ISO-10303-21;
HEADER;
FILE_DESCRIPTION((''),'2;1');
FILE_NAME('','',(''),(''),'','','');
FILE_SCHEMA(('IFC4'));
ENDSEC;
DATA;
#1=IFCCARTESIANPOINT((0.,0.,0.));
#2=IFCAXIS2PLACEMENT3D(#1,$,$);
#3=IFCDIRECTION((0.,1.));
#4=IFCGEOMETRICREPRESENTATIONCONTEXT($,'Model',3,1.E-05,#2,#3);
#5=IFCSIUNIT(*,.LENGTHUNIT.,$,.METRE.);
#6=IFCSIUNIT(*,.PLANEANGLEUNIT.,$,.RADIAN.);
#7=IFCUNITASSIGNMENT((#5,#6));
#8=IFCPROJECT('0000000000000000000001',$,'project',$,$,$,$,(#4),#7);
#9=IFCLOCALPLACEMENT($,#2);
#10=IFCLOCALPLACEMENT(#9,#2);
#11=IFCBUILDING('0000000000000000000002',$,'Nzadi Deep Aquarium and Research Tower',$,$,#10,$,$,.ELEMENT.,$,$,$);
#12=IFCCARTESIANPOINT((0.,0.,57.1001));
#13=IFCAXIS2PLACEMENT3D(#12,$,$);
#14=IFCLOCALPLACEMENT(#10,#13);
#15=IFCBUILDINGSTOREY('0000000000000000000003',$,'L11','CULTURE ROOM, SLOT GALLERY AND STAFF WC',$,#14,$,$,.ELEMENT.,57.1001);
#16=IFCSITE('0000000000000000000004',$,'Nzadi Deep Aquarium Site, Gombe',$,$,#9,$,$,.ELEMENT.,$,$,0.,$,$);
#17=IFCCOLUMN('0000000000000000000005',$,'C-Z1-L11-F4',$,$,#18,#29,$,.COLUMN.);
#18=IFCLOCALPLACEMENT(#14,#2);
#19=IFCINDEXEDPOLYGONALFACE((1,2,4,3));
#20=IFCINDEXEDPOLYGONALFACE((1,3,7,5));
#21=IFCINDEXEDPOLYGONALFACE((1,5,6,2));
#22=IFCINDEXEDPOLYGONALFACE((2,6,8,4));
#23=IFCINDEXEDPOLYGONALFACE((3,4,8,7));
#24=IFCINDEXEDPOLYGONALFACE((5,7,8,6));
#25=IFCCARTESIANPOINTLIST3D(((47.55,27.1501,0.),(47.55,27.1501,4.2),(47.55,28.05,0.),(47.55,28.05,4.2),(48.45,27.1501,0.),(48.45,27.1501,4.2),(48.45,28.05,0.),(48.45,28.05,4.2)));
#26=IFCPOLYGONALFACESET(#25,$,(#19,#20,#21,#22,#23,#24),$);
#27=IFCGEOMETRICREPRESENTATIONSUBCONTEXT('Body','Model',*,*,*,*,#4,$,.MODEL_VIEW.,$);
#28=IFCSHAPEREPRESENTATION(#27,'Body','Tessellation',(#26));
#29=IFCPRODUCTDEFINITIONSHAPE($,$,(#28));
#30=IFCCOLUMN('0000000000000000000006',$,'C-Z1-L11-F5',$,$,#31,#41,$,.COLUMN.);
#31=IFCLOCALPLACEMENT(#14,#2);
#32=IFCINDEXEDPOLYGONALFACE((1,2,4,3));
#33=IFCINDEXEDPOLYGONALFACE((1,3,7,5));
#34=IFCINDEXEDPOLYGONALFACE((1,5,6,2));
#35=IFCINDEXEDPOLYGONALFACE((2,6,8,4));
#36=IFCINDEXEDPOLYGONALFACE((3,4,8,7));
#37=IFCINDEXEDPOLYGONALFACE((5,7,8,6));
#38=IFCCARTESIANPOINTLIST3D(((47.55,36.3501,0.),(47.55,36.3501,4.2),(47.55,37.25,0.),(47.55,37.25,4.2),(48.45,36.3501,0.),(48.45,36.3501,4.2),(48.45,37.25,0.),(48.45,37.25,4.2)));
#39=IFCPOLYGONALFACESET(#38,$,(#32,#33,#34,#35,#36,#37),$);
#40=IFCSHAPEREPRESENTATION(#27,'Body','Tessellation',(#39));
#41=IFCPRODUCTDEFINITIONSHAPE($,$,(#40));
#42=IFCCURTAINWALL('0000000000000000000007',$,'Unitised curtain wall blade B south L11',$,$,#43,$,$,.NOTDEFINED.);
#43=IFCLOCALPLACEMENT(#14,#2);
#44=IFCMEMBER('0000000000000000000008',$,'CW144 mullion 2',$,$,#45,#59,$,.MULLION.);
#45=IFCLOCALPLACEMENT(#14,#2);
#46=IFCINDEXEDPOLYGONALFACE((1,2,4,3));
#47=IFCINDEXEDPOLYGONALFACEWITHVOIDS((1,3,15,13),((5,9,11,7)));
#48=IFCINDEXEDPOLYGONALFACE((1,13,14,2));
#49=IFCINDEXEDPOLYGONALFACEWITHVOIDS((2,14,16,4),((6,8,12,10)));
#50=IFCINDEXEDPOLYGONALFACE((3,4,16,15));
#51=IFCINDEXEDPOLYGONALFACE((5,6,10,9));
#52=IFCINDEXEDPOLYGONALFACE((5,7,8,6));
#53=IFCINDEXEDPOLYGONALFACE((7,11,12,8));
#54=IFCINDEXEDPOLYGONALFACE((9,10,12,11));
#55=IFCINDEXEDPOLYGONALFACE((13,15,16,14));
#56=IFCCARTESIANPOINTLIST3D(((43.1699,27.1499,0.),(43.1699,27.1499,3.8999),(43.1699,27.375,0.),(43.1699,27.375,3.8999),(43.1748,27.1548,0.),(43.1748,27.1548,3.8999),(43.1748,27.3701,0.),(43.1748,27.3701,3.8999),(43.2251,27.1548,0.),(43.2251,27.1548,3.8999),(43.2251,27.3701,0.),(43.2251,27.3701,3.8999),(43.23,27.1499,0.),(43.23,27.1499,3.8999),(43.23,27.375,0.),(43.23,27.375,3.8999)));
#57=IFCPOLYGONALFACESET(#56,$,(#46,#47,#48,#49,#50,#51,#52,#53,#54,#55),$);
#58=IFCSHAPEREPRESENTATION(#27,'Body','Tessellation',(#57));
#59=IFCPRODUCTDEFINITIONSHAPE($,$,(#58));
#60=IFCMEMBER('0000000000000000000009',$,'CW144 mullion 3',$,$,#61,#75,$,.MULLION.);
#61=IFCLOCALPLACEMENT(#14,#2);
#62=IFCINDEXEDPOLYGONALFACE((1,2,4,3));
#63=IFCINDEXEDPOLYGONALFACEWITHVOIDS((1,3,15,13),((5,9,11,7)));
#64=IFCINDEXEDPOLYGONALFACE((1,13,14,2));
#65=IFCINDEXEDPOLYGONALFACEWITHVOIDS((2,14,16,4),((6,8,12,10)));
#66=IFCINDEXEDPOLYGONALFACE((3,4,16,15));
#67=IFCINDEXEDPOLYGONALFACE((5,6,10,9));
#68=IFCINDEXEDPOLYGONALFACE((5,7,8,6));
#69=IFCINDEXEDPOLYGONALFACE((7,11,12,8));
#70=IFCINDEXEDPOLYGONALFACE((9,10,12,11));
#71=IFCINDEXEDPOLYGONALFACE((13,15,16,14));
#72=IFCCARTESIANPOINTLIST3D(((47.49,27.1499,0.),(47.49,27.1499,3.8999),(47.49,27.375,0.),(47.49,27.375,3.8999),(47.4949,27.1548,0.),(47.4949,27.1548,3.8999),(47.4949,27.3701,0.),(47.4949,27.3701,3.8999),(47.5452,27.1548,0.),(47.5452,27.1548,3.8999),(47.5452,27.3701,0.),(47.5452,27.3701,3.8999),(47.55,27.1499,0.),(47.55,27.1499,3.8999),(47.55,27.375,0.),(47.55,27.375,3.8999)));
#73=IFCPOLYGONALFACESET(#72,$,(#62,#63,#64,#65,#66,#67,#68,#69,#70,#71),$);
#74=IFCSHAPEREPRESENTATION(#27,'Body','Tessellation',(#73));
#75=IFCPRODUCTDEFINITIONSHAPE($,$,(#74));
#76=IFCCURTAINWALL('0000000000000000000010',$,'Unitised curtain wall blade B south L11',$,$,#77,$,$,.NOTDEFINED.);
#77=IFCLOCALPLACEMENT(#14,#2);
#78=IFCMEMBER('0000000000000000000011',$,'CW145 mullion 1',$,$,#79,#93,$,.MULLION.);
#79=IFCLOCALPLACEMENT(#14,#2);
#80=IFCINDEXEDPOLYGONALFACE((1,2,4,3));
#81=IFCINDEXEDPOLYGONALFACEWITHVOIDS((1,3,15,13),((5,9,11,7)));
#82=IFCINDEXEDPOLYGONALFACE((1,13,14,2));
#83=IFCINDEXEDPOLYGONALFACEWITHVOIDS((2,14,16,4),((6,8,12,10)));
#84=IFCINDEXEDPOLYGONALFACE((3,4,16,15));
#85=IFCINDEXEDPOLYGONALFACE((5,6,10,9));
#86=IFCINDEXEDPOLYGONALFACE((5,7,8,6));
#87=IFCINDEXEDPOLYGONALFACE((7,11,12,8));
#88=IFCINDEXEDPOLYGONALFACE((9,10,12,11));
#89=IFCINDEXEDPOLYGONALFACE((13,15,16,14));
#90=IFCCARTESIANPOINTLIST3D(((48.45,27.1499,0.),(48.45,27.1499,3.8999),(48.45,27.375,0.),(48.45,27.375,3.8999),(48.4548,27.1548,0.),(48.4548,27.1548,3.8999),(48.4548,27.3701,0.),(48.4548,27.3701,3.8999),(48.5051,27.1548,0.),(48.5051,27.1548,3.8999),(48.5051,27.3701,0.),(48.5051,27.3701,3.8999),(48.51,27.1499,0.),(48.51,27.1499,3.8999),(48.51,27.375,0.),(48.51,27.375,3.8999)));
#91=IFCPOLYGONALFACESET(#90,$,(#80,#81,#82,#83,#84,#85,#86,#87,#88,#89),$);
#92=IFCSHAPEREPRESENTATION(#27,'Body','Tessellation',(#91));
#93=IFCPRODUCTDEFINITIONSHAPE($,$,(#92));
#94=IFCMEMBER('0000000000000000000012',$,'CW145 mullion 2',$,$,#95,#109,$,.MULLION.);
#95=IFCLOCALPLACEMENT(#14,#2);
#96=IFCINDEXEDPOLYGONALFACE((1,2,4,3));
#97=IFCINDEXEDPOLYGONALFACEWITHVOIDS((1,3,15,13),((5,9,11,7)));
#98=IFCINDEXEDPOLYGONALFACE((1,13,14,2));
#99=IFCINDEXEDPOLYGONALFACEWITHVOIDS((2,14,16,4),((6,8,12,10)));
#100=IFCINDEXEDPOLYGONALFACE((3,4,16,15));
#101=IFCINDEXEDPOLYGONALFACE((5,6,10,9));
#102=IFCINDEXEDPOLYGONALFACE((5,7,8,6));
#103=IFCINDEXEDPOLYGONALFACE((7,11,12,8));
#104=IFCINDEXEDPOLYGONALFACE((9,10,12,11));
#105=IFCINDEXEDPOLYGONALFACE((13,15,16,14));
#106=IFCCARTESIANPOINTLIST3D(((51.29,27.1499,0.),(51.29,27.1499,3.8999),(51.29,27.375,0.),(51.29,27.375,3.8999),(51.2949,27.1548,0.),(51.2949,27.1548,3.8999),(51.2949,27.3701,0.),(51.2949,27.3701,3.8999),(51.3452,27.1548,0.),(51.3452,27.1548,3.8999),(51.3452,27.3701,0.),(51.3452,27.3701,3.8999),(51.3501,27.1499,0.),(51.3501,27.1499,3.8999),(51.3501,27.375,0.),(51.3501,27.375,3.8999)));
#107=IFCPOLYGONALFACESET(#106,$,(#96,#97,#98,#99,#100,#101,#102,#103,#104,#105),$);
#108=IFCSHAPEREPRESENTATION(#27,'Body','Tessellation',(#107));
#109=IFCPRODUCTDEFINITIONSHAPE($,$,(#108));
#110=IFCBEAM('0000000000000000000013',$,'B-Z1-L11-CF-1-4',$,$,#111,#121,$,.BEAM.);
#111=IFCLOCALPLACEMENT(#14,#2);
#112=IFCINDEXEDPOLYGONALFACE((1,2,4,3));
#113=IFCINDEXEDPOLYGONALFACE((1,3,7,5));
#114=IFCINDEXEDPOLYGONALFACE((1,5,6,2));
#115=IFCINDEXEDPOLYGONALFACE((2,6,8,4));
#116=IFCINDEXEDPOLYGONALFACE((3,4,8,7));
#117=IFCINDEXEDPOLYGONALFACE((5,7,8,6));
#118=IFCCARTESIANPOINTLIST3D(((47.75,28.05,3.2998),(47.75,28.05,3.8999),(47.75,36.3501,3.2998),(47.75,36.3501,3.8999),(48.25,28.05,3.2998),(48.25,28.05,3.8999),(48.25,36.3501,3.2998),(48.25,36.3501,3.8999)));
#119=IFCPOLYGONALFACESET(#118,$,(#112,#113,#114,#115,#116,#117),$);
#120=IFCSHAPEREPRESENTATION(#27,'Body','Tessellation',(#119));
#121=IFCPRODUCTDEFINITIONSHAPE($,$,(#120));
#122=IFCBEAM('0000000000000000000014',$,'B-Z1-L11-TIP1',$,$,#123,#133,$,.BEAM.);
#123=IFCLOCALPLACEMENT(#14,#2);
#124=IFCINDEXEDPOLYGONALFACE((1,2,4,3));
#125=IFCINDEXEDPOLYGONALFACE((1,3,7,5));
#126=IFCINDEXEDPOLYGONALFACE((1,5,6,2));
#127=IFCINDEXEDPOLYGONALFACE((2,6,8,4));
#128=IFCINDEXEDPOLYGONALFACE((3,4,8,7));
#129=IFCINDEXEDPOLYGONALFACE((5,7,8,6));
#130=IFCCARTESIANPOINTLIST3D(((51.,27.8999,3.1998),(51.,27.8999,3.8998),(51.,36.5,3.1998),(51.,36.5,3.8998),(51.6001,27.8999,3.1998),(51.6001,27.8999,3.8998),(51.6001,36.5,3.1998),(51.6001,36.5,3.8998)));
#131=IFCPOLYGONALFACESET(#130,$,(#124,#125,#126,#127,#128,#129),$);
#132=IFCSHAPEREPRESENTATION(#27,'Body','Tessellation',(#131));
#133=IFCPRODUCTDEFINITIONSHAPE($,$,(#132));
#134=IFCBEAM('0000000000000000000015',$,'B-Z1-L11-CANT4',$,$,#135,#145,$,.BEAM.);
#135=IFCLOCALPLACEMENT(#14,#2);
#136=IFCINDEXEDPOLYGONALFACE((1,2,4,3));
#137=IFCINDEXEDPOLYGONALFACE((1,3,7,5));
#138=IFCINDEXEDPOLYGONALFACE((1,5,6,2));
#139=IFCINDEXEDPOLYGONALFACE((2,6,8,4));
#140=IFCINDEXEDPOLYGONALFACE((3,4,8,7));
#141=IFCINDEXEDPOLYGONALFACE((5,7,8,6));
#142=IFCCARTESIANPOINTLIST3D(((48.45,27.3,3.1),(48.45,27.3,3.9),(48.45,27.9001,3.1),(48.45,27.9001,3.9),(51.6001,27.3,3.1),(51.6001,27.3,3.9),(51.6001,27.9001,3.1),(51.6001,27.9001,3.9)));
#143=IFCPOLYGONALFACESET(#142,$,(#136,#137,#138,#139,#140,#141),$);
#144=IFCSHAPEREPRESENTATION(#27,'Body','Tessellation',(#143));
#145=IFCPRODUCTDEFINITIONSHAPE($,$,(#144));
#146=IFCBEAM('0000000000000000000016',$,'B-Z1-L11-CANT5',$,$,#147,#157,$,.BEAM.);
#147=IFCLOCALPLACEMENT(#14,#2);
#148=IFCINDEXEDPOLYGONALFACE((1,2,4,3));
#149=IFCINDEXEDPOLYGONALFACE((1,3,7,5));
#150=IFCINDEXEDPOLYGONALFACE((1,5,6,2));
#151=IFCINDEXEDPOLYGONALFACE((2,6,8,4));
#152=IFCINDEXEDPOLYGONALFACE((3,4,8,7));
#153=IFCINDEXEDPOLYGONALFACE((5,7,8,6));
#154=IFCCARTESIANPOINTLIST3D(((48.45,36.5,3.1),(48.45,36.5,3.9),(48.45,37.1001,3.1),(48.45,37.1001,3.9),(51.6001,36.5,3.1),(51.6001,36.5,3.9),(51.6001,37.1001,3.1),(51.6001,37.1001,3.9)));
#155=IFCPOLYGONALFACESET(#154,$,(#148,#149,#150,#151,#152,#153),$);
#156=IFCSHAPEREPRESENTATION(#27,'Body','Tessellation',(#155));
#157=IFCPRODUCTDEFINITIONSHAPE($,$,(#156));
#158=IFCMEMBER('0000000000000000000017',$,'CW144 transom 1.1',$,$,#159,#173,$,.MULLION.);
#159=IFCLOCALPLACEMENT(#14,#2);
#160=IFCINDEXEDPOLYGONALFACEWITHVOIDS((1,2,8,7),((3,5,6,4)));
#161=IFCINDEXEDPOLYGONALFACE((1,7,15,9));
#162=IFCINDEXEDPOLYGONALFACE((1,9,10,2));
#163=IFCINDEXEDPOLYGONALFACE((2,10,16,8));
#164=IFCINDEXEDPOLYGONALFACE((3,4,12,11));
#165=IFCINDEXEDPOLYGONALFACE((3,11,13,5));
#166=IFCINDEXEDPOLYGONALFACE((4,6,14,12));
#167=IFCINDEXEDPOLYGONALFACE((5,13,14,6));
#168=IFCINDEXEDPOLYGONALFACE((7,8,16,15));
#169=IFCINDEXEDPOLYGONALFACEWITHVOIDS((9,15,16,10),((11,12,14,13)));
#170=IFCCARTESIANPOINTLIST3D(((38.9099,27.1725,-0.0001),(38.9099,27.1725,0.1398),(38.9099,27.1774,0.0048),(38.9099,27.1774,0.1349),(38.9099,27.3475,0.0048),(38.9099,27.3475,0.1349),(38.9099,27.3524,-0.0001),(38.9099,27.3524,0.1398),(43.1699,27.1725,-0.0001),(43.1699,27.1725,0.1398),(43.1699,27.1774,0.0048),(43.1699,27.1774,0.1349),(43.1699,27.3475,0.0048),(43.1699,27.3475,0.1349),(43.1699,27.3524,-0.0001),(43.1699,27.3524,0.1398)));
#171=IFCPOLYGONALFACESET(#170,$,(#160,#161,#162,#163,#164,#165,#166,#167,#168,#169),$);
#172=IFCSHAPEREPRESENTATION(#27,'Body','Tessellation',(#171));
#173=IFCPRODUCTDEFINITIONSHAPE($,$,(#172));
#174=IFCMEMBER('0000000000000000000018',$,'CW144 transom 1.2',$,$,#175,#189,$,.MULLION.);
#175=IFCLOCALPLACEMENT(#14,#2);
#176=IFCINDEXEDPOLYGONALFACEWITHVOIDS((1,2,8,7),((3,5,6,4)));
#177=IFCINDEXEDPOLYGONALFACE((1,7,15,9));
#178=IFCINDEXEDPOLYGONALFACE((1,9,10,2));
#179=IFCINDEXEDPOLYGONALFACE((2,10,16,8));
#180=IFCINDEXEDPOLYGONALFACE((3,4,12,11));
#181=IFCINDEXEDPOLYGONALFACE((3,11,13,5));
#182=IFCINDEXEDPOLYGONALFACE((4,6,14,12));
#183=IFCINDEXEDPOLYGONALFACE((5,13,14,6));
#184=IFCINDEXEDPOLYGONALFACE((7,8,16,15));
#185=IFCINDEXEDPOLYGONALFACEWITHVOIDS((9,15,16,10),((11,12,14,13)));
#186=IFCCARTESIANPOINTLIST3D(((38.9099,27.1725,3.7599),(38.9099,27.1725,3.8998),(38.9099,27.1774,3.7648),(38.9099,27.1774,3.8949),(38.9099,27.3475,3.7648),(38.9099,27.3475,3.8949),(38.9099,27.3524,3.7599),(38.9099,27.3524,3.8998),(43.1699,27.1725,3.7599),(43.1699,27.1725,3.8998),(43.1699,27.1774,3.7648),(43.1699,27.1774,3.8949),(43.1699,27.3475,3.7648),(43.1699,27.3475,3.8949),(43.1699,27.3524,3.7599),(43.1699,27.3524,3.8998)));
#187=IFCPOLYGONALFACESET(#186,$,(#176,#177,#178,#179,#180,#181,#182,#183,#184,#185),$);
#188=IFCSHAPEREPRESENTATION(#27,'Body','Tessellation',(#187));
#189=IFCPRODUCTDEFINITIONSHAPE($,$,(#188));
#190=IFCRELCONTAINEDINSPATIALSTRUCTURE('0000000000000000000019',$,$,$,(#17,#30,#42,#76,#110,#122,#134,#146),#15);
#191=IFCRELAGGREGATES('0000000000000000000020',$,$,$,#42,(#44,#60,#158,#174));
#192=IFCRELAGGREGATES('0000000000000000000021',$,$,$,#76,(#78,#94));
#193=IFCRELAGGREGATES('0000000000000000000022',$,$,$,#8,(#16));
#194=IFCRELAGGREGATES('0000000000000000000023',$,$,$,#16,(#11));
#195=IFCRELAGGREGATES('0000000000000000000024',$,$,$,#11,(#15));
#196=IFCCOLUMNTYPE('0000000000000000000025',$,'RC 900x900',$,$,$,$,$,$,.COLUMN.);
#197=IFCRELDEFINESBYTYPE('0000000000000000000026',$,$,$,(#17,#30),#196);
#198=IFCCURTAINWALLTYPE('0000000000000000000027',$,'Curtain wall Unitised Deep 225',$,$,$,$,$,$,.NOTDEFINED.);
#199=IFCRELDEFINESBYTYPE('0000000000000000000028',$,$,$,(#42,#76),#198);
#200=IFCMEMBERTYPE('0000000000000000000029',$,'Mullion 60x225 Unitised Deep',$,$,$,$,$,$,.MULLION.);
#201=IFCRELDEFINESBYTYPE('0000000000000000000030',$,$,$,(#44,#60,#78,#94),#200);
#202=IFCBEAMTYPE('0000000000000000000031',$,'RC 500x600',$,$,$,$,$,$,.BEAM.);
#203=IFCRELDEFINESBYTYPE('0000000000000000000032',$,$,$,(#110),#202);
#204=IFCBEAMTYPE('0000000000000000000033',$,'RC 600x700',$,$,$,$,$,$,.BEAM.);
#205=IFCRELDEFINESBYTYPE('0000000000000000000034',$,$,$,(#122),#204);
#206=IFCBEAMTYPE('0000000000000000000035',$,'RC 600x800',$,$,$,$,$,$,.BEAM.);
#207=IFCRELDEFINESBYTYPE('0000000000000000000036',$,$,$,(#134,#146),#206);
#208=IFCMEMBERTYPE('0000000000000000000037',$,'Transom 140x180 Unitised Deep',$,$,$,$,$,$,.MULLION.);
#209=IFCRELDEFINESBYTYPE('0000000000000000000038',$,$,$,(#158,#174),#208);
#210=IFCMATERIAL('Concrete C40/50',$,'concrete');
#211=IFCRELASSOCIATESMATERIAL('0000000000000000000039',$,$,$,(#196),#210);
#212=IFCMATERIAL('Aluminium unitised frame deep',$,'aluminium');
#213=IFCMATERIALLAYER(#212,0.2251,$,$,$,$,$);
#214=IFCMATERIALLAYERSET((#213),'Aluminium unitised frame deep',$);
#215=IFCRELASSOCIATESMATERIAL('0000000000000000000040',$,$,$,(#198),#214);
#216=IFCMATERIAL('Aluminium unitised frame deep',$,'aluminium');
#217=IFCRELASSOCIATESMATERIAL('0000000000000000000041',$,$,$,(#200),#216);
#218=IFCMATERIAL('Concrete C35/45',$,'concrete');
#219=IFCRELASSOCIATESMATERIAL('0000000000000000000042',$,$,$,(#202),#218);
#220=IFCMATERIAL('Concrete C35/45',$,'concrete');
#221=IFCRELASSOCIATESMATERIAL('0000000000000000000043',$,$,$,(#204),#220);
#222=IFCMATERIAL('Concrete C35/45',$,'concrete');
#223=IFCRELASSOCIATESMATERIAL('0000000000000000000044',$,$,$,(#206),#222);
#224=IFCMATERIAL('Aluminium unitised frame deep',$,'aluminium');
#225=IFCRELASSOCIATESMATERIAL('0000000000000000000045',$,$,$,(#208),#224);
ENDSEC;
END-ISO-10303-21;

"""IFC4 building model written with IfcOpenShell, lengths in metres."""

from ifc_helpers import new_model, si_unit, direction, frame, origin, origin_2d, place, context, subcontext, project, spatial, rectangle, hollow_rectangle, extrude, material, layer, layer_set, material_profile, profile_set, type_object, element, aggregate, save


model = new_model("IFC4")

# Units and contexts
model_context = context("Model", 3, precision=1e-05, world=origin(), true_north=direction((0.0, 1.0)))
body_context = subcontext(model_context, "Body", "Model", "MODEL_VIEW")
ifc_project = project(units=[si_unit("LENGTHUNIT", "METRE"), si_unit("PLANEANGLEUNIT", "RADIAN")], contexts=[model_context])

# Site, building, storey
site_placement = place(None, origin())
site = spatial("IfcSite", under=ifc_project, at=site_placement, Name="Nzadi Deep Aquarium Site, Gombe", CompositionType="ELEMENT", RefElevation=0.0)
building_placement = place(site_placement, origin())
building = spatial("IfcBuilding", under=site, at=building_placement, Name="Nzadi Deep Aquarium and Research Tower", CompositionType="ELEMENT")
storey_placement = place(building_placement, frame((0.0, 0.0, 57.1001)))
storey = spatial("IfcBuildingStorey", under=building, at=storey_placement, Name="L11", Description="CULTURE ROOM, SLOT GALLERY AND STAFF WC", CompositionType="ELEMENT", Elevation=57.1001)

# Columns
ifc_material_1 = material(Name="Concrete C40/50", Category="concrete")
ifc_material_profile_1 = material_profile(ifc_material_1, rectangle(XDim=0.8999, YDim=0.8999, at=origin_2d()))
ifc_profile_set_1 = profile_set([ifc_material_profile_1], Name="Concrete C40/50")
column_type = type_object("IfcColumnType", Name="RC 900x900", PredefinedType="COLUMN", material=ifc_profile_set_1)
for number, where, z_axis, x_axis, name in (
    (1, (48.0, 27.6001, 0.0), (0.0, 0.0, 1.0), (1.0, 0.0, 0.0), "C-Z1-L11-F4"),
    (2, (48.0, 36.8, 0.0), (0.0, 0.0, 1.0), (1.0, 0.0, 0.0), "C-Z1-L11-F5"),
):
    element("IfcColumn", number, at=place(storey_placement, frame(where, z_axis=z_axis, x_axis=x_axis)), inside=storey, type_object=column_type, Name=name, PredefinedType="COLUMN", context=body_context, shape_type="SweptSolid", body=[
        extrude(rectangle(XDim=0.8999, YDim=0.8999, at=origin_2d()), origin(), (0.0, 0.0, 1.0), 4.2),
    ])

# Curtain walls, members
ifc_material_2 = material(Name="Aluminium unitised frame deep", Category="aluminium")
ifc_layer_1 = layer(ifc_material_2, 0.2251)
ifc_layer_set_1 = layer_set([ifc_layer_1], Name="Aluminium unitised frame deep")
curtain_wall_type = type_object("IfcCurtainWallType", Name="Curtain wall Unitised Deep 225", PredefinedType="NOTDEFINED", material=ifc_layer_set_1)
curtain_wall_1_placement = place(storey_placement, origin())
curtain_wall_1 = element("IfcCurtainWall", 3, at=curtain_wall_1_placement, inside=storey, type_object=curtain_wall_type, Name="Unitised curtain wall blade B south L11", PredefinedType="NOTDEFINED")
ifc_material_3 = material(Name="Aluminium unitised frame deep", Category="aluminium")
ifc_material_profile_2 = material_profile(ifc_material_3, hollow_rectangle(XDim=0.2251, YDim=0.0601, WallThickness=0.0049, at=origin_2d()))
ifc_profile_set_2 = profile_set([ifc_material_profile_2], Name="Aluminium unitised frame deep")
member_type_1 = type_object("IfcMemberType", Name="Mullion 60x225 Unitised Deep", PredefinedType="MULLION", material=ifc_profile_set_2)
member_1_placement = place(storey_placement, frame((43.2, 27.2625, 0.0), z_axis=(0.0, 0.0, 1.0), x_axis=(0.0, 1.0, 0.0)))
member_1 = element("IfcMember", 4, at=member_1_placement, type_object=member_type_1, Name="CW144 mullion 2", PredefinedType="MULLION", context=body_context, shape_type="SweptSolid", body=[
    extrude(hollow_rectangle(XDim=0.2251, YDim=0.0601, WallThickness=0.0049, at=origin_2d()), origin(), (0.0, 0.0, 1.0), 3.8999),
])
member_2_placement = place(storey_placement, frame((47.52, 27.2625, 0.0), z_axis=(0.0, 0.0, 1.0), x_axis=(0.0, 1.0, 0.0)))
member_2 = element("IfcMember", 5, at=member_2_placement, type_object=member_type_1, Name="CW144 mullion 3", PredefinedType="MULLION", context=body_context, shape_type="SweptSolid", body=[
    extrude(hollow_rectangle(XDim=0.2251, YDim=0.0601, WallThickness=0.0049, at=origin_2d()), origin(), (0.0, 0.0, 1.0), 3.8999),
])
curtain_wall_2_placement = place(storey_placement, origin())
curtain_wall_2 = element("IfcCurtainWall", 6, at=curtain_wall_2_placement, inside=storey, type_object=curtain_wall_type, Name="Unitised curtain wall blade B south L11", PredefinedType="NOTDEFINED")
member_3_placement = place(storey_placement, frame((48.48, 27.2625, 0.0), z_axis=(0.0, 0.0, 1.0), x_axis=(0.0, 1.0, 0.0)))
member_3 = element("IfcMember", 7, at=member_3_placement, type_object=member_type_1, Name="CW145 mullion 1", PredefinedType="MULLION", context=body_context, shape_type="SweptSolid", body=[
    extrude(hollow_rectangle(XDim=0.2251, YDim=0.0601, WallThickness=0.0049, at=origin_2d()), origin(), (0.0, 0.0, 1.0), 3.8999),
])
member_4_placement = place(storey_placement, frame((51.3201, 27.2625, 0.0), z_axis=(0.0, 0.0, 1.0), x_axis=(0.0, 1.0, 0.0)))
member_4 = element("IfcMember", 8, at=member_4_placement, type_object=member_type_1, Name="CW145 mullion 2", PredefinedType="MULLION", context=body_context, shape_type="SweptSolid", body=[
    extrude(hollow_rectangle(XDim=0.2251, YDim=0.0601, WallThickness=0.0049, at=origin_2d()), origin(), (0.0, 0.0, 1.0), 3.8999),
])

# Beams
ifc_material_4 = material(Name="Concrete C35/45", Category="concrete")
ifc_material_profile_3 = material_profile(ifc_material_4, rectangle(XDim=0.5, YDim=0.6001, at=origin_2d()))
ifc_profile_set_3 = profile_set([ifc_material_profile_3], Name="Concrete C35/45")
beam_type_1 = type_object("IfcBeamType", Name="RC 500x600", PredefinedType="BEAM", material=ifc_profile_set_3)
beam_1_placement = place(storey_placement, frame((48.0, 28.05, 3.5999), z_axis=(0.0, 1.0, 0.0), x_axis=(-1.0, 0.0, 0.0)))
element("IfcBeam", 9, at=beam_1_placement, inside=storey, type_object=beam_type_1, Name="B-Z1-L11-CF-1-4", PredefinedType="BEAM", context=body_context, shape_type="SweptSolid", body=[
    extrude(rectangle(XDim=0.5, YDim=0.6001, at=origin_2d()), origin(), (0.0, 0.0, 1.0), 8.3),
])
ifc_material_5 = material(Name="Concrete C35/45", Category="concrete")
ifc_material_profile_4 = material_profile(ifc_material_5, rectangle(XDim=0.6001, YDim=0.7, at=origin_2d()))
ifc_profile_set_4 = profile_set([ifc_material_profile_4], Name="Concrete C35/45")
beam_type_2 = type_object("IfcBeamType", Name="RC 600x700", PredefinedType="BEAM", material=ifc_profile_set_4)
beam_2_placement = place(storey_placement, frame((51.3, 27.8999, 3.5498), z_axis=(0.0, 1.0, 0.0), x_axis=(-1.0, 0.0, 0.0)))
element("IfcBeam", 10, at=beam_2_placement, inside=storey, type_object=beam_type_2, Name="B-Z1-L11-TIP1", PredefinedType="BEAM", context=body_context, shape_type="SweptSolid", body=[
    extrude(rectangle(XDim=0.6001, YDim=0.7, at=origin_2d()), origin(), (0.0, 0.0, 1.0), 8.6001),
])
ifc_material_6 = material(Name="Concrete C35/45", Category="concrete")
ifc_material_profile_5 = material_profile(ifc_material_6, rectangle(XDim=0.6001, YDim=0.8, at=origin_2d()))
ifc_profile_set_5 = profile_set([ifc_material_profile_5], Name="Concrete C35/45")
beam_type_3 = type_object("IfcBeamType", Name="RC 600x800", PredefinedType="BEAM", material=ifc_profile_set_5)
for number, where, z_axis, x_axis, name in (
    (11, (48.45, 27.6001, 3.5), (1.0, 0.0, 0.0), (0.0, 1.0, 0.0), "B-Z1-L11-CANT4"),
    (12, (48.45, 36.8, 3.5), (1.0, 0.0, 0.0), (0.0, 1.0, 0.0), "B-Z1-L11-CANT5"),
):
    element("IfcBeam", number, at=place(storey_placement, frame(where, z_axis=z_axis, x_axis=x_axis)), inside=storey, type_object=beam_type_3, Name=name, PredefinedType="BEAM", context=body_context, shape_type="SweptSolid", body=[
        extrude(rectangle(XDim=0.6001, YDim=0.8, at=origin_2d()), origin(), (0.0, 0.0, 1.0), 3.1501),
    ])

# Members
ifc_material_7 = material(Name="Aluminium unitised frame deep", Category="aluminium")
ifc_material_profile_6 = material_profile(ifc_material_7, hollow_rectangle(XDim=0.1799, YDim=0.1399, WallThickness=0.0049, at=origin_2d()))
ifc_profile_set_6 = profile_set([ifc_material_profile_6], Name="Aluminium unitised frame deep")
member_type_2 = type_object("IfcMemberType", Name="Transom 140x180 Unitised Deep", PredefinedType="MULLION", material=ifc_profile_set_6)
member_5_placement = place(storey_placement, frame((38.9099, 27.2625, 0.0698), z_axis=(1.0, 0.0, 0.0), x_axis=(0.0, 1.0, 0.0)))
member_5 = element("IfcMember", 13, at=member_5_placement, type_object=member_type_2, Name="CW144 transom 1.1", PredefinedType="MULLION", context=body_context, shape_type="SweptSolid", body=[
    extrude(hollow_rectangle(XDim=0.1799, YDim=0.1399, WallThickness=0.0049, at=origin_2d()), origin(), (0.0, 0.0, 1.0), 4.26),
])
member_6_placement = place(storey_placement, frame((38.9099, 27.2625, 3.8298), z_axis=(1.0, 0.0, 0.0), x_axis=(0.0, 1.0, 0.0)))
member_6 = element("IfcMember", 14, at=member_6_placement, type_object=member_type_2, Name="CW144 transom 1.2", PredefinedType="MULLION", context=body_context, shape_type="SweptSolid", body=[
    extrude(hollow_rectangle(XDim=0.1799, YDim=0.1399, WallThickness=0.0049, at=origin_2d()), origin(), (0.0, 0.0, 1.0), 4.26),
])

aggregate(curtain_wall_1, [member_1, member_2, member_5, member_6])
aggregate(curtain_wall_2, [member_3, member_4])

save(model, "model.ifc")
